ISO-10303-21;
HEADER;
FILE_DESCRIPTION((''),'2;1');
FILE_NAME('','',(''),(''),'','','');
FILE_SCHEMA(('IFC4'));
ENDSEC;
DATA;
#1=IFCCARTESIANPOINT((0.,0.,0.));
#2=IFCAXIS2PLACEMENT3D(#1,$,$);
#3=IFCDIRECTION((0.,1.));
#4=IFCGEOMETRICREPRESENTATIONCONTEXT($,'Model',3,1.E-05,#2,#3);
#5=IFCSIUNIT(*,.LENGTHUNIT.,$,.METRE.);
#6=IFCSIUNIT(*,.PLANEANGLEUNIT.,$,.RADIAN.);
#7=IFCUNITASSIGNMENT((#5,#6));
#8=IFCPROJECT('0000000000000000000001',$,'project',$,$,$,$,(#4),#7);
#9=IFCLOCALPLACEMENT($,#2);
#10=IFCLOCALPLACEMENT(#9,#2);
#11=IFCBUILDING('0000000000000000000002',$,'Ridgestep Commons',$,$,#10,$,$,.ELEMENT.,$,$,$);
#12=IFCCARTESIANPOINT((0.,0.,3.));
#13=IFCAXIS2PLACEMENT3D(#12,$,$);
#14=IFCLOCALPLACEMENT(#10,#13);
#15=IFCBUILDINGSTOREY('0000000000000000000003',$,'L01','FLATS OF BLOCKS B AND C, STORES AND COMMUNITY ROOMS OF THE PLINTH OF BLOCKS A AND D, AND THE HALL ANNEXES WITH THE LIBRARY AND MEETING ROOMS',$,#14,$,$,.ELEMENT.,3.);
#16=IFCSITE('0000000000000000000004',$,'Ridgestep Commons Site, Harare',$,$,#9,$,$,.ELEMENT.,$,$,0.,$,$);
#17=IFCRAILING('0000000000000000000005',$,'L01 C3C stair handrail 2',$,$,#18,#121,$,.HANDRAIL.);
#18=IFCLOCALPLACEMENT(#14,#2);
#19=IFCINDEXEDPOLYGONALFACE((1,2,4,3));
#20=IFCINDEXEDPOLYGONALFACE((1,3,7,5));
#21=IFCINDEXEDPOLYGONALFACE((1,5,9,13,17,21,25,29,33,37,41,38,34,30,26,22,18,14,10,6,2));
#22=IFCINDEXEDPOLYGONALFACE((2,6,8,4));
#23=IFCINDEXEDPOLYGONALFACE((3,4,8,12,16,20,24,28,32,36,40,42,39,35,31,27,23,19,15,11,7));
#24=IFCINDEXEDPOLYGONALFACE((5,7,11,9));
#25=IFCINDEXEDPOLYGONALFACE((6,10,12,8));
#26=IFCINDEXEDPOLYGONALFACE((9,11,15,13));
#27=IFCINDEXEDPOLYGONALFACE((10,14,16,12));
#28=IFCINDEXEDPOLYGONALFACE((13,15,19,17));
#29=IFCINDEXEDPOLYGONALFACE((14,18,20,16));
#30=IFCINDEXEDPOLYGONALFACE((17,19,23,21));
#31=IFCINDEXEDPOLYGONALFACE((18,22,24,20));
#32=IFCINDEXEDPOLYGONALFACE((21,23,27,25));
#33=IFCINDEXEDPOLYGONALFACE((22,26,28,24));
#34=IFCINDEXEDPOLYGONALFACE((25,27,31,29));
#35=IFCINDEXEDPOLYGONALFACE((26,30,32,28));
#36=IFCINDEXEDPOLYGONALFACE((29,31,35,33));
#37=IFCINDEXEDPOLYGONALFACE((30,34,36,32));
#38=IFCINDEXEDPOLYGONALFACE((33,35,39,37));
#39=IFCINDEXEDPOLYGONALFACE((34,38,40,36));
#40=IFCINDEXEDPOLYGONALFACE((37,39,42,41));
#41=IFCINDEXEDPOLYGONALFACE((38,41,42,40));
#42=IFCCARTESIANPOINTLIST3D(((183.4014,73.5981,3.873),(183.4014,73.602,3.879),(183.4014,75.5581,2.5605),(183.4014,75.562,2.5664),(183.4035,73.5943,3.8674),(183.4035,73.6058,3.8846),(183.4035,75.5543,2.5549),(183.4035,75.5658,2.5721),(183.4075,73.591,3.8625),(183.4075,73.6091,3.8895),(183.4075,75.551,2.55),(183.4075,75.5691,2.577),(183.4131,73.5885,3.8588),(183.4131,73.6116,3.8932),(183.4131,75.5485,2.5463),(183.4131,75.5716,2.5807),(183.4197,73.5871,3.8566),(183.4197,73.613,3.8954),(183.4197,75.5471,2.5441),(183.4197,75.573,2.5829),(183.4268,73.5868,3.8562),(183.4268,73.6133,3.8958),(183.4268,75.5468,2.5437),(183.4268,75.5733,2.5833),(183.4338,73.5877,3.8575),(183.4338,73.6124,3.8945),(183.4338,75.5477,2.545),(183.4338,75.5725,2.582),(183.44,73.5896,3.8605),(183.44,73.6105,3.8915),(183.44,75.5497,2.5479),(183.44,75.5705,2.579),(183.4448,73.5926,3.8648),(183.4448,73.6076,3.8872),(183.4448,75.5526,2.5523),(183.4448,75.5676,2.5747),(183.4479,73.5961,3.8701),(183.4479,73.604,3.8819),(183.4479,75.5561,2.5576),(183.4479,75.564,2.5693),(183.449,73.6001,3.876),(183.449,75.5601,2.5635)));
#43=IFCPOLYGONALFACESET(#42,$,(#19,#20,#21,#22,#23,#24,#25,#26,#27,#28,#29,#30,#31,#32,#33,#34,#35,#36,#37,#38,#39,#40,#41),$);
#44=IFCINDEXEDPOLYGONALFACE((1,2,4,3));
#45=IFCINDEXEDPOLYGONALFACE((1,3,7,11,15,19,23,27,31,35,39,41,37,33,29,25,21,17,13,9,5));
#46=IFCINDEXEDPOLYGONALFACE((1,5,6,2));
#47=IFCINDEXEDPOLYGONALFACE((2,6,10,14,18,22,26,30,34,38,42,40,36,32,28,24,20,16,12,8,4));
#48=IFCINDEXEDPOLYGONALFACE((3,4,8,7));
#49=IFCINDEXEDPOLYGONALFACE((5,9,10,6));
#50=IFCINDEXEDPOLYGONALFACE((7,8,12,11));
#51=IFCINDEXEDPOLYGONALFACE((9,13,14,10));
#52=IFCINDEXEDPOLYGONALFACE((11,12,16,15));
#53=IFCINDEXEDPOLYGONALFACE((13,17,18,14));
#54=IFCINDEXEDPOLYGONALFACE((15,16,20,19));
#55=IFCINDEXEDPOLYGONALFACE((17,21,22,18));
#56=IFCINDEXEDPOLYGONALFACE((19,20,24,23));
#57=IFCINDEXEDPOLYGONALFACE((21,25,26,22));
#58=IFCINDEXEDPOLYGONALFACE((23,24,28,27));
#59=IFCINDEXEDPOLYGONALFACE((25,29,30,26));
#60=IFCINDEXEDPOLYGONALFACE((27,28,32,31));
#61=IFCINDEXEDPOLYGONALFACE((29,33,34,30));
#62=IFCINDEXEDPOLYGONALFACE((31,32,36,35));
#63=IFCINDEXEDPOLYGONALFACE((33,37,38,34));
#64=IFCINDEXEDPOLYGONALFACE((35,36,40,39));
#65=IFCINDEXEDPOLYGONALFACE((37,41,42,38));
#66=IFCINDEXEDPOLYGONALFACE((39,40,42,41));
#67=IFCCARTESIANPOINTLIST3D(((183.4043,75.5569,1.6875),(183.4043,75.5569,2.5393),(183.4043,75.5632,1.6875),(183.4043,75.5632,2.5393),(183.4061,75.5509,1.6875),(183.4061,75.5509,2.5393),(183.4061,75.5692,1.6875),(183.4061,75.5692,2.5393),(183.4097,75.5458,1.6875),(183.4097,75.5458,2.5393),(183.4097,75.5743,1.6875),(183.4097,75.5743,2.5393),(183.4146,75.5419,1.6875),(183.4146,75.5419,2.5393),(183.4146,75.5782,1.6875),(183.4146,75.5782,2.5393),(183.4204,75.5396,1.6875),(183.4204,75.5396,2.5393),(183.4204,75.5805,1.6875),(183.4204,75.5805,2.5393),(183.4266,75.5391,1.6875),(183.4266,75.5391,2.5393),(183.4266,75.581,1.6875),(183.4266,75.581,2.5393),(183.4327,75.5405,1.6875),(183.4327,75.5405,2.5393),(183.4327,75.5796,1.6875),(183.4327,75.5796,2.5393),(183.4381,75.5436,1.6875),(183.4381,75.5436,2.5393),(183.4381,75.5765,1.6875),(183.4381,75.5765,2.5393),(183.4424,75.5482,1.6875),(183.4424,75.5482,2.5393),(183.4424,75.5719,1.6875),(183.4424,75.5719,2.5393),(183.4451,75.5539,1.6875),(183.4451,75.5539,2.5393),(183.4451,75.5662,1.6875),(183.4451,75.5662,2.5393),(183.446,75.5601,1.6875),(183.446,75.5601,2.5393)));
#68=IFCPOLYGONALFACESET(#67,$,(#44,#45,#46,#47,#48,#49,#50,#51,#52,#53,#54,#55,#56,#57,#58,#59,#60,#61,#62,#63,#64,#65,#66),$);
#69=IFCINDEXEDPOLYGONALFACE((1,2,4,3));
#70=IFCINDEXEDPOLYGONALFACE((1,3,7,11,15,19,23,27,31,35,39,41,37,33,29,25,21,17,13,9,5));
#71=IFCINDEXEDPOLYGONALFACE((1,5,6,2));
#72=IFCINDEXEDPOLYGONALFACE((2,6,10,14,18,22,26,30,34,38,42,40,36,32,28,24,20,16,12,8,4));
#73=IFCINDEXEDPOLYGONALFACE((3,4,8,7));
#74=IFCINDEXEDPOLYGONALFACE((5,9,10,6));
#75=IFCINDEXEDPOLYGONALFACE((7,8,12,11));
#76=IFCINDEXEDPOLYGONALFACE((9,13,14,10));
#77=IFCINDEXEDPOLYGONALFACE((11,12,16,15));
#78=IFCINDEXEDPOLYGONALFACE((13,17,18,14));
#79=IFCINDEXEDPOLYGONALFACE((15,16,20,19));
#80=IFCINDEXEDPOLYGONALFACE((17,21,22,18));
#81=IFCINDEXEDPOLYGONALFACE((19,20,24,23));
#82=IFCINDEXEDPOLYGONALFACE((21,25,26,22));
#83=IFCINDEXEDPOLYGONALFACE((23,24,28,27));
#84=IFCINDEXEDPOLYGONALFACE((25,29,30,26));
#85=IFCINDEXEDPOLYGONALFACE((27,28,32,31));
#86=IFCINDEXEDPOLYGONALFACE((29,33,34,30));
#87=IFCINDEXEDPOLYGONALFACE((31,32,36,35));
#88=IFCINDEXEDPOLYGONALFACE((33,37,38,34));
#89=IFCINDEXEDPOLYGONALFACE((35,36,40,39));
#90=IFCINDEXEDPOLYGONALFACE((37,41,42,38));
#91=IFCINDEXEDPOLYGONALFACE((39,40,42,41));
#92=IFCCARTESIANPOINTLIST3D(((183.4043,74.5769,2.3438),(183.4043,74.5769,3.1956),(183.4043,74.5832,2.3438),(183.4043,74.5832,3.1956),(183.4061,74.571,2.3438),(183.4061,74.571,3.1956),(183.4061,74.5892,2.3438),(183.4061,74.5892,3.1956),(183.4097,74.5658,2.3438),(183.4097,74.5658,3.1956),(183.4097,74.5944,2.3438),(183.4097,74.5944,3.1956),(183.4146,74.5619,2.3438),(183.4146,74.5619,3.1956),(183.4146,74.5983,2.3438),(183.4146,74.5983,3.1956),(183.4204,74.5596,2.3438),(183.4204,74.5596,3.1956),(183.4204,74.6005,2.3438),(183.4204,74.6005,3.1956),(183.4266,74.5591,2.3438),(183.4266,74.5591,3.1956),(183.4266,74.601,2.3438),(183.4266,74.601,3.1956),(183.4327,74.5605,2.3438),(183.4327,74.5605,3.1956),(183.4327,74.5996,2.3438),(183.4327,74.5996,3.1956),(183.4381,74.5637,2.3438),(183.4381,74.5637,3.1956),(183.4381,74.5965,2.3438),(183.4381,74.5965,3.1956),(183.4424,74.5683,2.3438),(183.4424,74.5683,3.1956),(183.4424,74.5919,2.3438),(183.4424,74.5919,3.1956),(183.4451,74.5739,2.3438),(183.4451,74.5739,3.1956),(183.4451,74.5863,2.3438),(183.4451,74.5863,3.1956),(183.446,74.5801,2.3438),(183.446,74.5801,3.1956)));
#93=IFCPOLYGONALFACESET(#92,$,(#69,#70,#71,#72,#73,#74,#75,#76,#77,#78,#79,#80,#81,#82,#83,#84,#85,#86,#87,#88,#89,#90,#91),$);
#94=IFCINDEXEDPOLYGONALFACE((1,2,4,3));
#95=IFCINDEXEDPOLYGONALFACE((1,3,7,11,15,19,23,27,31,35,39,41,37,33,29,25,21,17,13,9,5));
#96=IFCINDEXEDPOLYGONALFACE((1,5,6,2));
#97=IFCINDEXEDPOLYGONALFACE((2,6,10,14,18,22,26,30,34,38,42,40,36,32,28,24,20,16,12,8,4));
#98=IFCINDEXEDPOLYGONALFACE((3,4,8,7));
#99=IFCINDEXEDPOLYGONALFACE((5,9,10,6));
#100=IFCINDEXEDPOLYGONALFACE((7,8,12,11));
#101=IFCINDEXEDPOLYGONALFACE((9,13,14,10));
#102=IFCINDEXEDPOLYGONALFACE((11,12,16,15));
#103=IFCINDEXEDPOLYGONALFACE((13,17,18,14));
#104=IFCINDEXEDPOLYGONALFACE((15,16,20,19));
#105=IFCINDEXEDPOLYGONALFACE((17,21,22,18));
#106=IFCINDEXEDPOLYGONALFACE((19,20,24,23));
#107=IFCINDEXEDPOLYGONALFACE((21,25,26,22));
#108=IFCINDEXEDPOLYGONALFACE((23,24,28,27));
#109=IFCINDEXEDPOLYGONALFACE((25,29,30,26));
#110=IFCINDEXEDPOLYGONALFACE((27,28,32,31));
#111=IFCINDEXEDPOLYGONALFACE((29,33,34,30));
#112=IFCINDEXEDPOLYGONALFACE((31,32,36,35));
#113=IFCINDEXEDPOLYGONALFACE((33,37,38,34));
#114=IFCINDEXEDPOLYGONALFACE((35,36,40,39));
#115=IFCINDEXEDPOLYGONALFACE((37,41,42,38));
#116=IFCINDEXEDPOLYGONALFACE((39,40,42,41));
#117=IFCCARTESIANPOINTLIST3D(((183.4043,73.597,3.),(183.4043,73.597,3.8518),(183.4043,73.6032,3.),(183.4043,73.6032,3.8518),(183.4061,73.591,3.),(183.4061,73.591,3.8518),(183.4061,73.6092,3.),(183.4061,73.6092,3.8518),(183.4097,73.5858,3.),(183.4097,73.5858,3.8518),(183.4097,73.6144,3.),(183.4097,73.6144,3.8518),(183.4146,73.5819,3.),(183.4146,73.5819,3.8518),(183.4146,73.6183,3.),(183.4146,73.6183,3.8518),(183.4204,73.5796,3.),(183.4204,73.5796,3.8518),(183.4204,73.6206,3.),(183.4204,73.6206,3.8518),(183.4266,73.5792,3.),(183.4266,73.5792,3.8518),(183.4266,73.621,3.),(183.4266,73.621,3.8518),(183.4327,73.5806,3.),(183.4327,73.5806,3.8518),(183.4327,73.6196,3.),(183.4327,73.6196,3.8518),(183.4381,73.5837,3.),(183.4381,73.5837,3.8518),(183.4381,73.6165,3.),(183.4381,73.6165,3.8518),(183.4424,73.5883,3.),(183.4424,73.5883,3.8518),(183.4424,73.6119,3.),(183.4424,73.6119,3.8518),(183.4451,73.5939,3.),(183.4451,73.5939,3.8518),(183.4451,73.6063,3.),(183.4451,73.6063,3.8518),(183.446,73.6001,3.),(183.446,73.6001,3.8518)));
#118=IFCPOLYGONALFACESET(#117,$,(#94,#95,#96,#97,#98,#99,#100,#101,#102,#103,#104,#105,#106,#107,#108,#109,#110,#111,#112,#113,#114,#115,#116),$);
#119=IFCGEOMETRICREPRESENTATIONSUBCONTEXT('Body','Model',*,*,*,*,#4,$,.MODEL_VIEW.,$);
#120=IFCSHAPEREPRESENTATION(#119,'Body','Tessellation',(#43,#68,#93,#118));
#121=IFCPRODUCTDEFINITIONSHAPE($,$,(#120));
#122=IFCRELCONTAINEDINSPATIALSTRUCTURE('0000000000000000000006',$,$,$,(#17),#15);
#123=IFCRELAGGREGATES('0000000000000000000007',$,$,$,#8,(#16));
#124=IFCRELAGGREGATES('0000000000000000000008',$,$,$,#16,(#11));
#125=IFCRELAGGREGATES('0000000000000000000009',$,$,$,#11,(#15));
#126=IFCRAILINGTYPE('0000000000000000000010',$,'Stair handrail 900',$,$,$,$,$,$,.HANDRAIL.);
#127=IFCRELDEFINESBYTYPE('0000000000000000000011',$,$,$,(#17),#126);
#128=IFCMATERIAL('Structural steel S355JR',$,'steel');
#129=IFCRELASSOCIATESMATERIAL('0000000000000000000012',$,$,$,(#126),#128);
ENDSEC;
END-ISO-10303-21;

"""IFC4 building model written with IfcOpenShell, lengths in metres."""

from ifc_helpers import new_model, si_unit, direction, frame, origin, origin_2d, place, context, subcontext, project, spatial, circle, extrude, material, type_object, element, save


model = new_model("IFC4")

# Units and contexts
model_context = context("Model", 3, precision=1e-05, world=origin(), true_north=direction((0.0, 1.0)))
body_context = subcontext(model_context, "Body", "Model", "MODEL_VIEW")
ifc_project = project(units=[si_unit("LENGTHUNIT", "METRE"), si_unit("PLANEANGLEUNIT", "RADIAN")], contexts=[model_context])

# Site, building, storey
site_placement = place(None, origin())
site = spatial("IfcSite", under=ifc_project, at=site_placement, Name="Ridgestep Commons Site, Harare", CompositionType="ELEMENT", RefElevation=0.0)
building_placement = place(site_placement, origin())
building = spatial("IfcBuilding", under=site, at=building_placement, Name="Ridgestep Commons", CompositionType="ELEMENT")
storey_placement = place(building_placement, frame((0.0, 0.0, 3.0)))
storey = spatial("IfcBuildingStorey", under=building, at=storey_placement, Name="L01", Description="FLATS OF BLOCKS B AND C, STORES AND COMMUNITY ROOMS OF THE PLINTH OF BLOCKS A AND D, AND THE HALL ANNEXES WITH THE LIBRARY AND MEETING ROOMS", CompositionType="ELEMENT", Elevation=3.0)

# Railing
ifc_material_1 = material(Name="Structural steel S355JR", Category="steel")
railing_type = type_object("IfcRailingType", Name="Stair handrail 900", PredefinedType="HANDRAIL", material=ifc_material_1)
railing_1_placement = place(storey_placement, frame((183.425, 75.5601, 1.6875)))
element("IfcRailing", 1, at=railing_1_placement, inside=storey, type_object=railing_type, Name="L01 C3C stair handrail 2", PredefinedType="HANDRAIL", context=body_context, shape_type="SweptSolid", body=[
    extrude(circle(Radius=0.0239, at=origin_2d()), frame((0.0, 0.0, 0.876), z_axis=(0.0, -0.830902, 0.556419), x_axis=(1.0, 0.0, 0.0)), (0.0, 0.0, 1.0), 2.3589),
    extrude(circle(Radius=0.021, at=origin_2d()), origin(), (0.0, 0.0, 1.0), 0.8518),
    extrude(circle(Radius=0.021, at=origin_2d()), frame((0.0, -0.98, 0.6562)), (0.0, 0.0, 1.0), 0.8518),
    extrude(circle(Radius=0.021, at=origin_2d()), frame((0.0, -1.96, 1.3125)), (0.0, 0.0, 1.0), 0.8518),
])

save(model, "model.ifc")
